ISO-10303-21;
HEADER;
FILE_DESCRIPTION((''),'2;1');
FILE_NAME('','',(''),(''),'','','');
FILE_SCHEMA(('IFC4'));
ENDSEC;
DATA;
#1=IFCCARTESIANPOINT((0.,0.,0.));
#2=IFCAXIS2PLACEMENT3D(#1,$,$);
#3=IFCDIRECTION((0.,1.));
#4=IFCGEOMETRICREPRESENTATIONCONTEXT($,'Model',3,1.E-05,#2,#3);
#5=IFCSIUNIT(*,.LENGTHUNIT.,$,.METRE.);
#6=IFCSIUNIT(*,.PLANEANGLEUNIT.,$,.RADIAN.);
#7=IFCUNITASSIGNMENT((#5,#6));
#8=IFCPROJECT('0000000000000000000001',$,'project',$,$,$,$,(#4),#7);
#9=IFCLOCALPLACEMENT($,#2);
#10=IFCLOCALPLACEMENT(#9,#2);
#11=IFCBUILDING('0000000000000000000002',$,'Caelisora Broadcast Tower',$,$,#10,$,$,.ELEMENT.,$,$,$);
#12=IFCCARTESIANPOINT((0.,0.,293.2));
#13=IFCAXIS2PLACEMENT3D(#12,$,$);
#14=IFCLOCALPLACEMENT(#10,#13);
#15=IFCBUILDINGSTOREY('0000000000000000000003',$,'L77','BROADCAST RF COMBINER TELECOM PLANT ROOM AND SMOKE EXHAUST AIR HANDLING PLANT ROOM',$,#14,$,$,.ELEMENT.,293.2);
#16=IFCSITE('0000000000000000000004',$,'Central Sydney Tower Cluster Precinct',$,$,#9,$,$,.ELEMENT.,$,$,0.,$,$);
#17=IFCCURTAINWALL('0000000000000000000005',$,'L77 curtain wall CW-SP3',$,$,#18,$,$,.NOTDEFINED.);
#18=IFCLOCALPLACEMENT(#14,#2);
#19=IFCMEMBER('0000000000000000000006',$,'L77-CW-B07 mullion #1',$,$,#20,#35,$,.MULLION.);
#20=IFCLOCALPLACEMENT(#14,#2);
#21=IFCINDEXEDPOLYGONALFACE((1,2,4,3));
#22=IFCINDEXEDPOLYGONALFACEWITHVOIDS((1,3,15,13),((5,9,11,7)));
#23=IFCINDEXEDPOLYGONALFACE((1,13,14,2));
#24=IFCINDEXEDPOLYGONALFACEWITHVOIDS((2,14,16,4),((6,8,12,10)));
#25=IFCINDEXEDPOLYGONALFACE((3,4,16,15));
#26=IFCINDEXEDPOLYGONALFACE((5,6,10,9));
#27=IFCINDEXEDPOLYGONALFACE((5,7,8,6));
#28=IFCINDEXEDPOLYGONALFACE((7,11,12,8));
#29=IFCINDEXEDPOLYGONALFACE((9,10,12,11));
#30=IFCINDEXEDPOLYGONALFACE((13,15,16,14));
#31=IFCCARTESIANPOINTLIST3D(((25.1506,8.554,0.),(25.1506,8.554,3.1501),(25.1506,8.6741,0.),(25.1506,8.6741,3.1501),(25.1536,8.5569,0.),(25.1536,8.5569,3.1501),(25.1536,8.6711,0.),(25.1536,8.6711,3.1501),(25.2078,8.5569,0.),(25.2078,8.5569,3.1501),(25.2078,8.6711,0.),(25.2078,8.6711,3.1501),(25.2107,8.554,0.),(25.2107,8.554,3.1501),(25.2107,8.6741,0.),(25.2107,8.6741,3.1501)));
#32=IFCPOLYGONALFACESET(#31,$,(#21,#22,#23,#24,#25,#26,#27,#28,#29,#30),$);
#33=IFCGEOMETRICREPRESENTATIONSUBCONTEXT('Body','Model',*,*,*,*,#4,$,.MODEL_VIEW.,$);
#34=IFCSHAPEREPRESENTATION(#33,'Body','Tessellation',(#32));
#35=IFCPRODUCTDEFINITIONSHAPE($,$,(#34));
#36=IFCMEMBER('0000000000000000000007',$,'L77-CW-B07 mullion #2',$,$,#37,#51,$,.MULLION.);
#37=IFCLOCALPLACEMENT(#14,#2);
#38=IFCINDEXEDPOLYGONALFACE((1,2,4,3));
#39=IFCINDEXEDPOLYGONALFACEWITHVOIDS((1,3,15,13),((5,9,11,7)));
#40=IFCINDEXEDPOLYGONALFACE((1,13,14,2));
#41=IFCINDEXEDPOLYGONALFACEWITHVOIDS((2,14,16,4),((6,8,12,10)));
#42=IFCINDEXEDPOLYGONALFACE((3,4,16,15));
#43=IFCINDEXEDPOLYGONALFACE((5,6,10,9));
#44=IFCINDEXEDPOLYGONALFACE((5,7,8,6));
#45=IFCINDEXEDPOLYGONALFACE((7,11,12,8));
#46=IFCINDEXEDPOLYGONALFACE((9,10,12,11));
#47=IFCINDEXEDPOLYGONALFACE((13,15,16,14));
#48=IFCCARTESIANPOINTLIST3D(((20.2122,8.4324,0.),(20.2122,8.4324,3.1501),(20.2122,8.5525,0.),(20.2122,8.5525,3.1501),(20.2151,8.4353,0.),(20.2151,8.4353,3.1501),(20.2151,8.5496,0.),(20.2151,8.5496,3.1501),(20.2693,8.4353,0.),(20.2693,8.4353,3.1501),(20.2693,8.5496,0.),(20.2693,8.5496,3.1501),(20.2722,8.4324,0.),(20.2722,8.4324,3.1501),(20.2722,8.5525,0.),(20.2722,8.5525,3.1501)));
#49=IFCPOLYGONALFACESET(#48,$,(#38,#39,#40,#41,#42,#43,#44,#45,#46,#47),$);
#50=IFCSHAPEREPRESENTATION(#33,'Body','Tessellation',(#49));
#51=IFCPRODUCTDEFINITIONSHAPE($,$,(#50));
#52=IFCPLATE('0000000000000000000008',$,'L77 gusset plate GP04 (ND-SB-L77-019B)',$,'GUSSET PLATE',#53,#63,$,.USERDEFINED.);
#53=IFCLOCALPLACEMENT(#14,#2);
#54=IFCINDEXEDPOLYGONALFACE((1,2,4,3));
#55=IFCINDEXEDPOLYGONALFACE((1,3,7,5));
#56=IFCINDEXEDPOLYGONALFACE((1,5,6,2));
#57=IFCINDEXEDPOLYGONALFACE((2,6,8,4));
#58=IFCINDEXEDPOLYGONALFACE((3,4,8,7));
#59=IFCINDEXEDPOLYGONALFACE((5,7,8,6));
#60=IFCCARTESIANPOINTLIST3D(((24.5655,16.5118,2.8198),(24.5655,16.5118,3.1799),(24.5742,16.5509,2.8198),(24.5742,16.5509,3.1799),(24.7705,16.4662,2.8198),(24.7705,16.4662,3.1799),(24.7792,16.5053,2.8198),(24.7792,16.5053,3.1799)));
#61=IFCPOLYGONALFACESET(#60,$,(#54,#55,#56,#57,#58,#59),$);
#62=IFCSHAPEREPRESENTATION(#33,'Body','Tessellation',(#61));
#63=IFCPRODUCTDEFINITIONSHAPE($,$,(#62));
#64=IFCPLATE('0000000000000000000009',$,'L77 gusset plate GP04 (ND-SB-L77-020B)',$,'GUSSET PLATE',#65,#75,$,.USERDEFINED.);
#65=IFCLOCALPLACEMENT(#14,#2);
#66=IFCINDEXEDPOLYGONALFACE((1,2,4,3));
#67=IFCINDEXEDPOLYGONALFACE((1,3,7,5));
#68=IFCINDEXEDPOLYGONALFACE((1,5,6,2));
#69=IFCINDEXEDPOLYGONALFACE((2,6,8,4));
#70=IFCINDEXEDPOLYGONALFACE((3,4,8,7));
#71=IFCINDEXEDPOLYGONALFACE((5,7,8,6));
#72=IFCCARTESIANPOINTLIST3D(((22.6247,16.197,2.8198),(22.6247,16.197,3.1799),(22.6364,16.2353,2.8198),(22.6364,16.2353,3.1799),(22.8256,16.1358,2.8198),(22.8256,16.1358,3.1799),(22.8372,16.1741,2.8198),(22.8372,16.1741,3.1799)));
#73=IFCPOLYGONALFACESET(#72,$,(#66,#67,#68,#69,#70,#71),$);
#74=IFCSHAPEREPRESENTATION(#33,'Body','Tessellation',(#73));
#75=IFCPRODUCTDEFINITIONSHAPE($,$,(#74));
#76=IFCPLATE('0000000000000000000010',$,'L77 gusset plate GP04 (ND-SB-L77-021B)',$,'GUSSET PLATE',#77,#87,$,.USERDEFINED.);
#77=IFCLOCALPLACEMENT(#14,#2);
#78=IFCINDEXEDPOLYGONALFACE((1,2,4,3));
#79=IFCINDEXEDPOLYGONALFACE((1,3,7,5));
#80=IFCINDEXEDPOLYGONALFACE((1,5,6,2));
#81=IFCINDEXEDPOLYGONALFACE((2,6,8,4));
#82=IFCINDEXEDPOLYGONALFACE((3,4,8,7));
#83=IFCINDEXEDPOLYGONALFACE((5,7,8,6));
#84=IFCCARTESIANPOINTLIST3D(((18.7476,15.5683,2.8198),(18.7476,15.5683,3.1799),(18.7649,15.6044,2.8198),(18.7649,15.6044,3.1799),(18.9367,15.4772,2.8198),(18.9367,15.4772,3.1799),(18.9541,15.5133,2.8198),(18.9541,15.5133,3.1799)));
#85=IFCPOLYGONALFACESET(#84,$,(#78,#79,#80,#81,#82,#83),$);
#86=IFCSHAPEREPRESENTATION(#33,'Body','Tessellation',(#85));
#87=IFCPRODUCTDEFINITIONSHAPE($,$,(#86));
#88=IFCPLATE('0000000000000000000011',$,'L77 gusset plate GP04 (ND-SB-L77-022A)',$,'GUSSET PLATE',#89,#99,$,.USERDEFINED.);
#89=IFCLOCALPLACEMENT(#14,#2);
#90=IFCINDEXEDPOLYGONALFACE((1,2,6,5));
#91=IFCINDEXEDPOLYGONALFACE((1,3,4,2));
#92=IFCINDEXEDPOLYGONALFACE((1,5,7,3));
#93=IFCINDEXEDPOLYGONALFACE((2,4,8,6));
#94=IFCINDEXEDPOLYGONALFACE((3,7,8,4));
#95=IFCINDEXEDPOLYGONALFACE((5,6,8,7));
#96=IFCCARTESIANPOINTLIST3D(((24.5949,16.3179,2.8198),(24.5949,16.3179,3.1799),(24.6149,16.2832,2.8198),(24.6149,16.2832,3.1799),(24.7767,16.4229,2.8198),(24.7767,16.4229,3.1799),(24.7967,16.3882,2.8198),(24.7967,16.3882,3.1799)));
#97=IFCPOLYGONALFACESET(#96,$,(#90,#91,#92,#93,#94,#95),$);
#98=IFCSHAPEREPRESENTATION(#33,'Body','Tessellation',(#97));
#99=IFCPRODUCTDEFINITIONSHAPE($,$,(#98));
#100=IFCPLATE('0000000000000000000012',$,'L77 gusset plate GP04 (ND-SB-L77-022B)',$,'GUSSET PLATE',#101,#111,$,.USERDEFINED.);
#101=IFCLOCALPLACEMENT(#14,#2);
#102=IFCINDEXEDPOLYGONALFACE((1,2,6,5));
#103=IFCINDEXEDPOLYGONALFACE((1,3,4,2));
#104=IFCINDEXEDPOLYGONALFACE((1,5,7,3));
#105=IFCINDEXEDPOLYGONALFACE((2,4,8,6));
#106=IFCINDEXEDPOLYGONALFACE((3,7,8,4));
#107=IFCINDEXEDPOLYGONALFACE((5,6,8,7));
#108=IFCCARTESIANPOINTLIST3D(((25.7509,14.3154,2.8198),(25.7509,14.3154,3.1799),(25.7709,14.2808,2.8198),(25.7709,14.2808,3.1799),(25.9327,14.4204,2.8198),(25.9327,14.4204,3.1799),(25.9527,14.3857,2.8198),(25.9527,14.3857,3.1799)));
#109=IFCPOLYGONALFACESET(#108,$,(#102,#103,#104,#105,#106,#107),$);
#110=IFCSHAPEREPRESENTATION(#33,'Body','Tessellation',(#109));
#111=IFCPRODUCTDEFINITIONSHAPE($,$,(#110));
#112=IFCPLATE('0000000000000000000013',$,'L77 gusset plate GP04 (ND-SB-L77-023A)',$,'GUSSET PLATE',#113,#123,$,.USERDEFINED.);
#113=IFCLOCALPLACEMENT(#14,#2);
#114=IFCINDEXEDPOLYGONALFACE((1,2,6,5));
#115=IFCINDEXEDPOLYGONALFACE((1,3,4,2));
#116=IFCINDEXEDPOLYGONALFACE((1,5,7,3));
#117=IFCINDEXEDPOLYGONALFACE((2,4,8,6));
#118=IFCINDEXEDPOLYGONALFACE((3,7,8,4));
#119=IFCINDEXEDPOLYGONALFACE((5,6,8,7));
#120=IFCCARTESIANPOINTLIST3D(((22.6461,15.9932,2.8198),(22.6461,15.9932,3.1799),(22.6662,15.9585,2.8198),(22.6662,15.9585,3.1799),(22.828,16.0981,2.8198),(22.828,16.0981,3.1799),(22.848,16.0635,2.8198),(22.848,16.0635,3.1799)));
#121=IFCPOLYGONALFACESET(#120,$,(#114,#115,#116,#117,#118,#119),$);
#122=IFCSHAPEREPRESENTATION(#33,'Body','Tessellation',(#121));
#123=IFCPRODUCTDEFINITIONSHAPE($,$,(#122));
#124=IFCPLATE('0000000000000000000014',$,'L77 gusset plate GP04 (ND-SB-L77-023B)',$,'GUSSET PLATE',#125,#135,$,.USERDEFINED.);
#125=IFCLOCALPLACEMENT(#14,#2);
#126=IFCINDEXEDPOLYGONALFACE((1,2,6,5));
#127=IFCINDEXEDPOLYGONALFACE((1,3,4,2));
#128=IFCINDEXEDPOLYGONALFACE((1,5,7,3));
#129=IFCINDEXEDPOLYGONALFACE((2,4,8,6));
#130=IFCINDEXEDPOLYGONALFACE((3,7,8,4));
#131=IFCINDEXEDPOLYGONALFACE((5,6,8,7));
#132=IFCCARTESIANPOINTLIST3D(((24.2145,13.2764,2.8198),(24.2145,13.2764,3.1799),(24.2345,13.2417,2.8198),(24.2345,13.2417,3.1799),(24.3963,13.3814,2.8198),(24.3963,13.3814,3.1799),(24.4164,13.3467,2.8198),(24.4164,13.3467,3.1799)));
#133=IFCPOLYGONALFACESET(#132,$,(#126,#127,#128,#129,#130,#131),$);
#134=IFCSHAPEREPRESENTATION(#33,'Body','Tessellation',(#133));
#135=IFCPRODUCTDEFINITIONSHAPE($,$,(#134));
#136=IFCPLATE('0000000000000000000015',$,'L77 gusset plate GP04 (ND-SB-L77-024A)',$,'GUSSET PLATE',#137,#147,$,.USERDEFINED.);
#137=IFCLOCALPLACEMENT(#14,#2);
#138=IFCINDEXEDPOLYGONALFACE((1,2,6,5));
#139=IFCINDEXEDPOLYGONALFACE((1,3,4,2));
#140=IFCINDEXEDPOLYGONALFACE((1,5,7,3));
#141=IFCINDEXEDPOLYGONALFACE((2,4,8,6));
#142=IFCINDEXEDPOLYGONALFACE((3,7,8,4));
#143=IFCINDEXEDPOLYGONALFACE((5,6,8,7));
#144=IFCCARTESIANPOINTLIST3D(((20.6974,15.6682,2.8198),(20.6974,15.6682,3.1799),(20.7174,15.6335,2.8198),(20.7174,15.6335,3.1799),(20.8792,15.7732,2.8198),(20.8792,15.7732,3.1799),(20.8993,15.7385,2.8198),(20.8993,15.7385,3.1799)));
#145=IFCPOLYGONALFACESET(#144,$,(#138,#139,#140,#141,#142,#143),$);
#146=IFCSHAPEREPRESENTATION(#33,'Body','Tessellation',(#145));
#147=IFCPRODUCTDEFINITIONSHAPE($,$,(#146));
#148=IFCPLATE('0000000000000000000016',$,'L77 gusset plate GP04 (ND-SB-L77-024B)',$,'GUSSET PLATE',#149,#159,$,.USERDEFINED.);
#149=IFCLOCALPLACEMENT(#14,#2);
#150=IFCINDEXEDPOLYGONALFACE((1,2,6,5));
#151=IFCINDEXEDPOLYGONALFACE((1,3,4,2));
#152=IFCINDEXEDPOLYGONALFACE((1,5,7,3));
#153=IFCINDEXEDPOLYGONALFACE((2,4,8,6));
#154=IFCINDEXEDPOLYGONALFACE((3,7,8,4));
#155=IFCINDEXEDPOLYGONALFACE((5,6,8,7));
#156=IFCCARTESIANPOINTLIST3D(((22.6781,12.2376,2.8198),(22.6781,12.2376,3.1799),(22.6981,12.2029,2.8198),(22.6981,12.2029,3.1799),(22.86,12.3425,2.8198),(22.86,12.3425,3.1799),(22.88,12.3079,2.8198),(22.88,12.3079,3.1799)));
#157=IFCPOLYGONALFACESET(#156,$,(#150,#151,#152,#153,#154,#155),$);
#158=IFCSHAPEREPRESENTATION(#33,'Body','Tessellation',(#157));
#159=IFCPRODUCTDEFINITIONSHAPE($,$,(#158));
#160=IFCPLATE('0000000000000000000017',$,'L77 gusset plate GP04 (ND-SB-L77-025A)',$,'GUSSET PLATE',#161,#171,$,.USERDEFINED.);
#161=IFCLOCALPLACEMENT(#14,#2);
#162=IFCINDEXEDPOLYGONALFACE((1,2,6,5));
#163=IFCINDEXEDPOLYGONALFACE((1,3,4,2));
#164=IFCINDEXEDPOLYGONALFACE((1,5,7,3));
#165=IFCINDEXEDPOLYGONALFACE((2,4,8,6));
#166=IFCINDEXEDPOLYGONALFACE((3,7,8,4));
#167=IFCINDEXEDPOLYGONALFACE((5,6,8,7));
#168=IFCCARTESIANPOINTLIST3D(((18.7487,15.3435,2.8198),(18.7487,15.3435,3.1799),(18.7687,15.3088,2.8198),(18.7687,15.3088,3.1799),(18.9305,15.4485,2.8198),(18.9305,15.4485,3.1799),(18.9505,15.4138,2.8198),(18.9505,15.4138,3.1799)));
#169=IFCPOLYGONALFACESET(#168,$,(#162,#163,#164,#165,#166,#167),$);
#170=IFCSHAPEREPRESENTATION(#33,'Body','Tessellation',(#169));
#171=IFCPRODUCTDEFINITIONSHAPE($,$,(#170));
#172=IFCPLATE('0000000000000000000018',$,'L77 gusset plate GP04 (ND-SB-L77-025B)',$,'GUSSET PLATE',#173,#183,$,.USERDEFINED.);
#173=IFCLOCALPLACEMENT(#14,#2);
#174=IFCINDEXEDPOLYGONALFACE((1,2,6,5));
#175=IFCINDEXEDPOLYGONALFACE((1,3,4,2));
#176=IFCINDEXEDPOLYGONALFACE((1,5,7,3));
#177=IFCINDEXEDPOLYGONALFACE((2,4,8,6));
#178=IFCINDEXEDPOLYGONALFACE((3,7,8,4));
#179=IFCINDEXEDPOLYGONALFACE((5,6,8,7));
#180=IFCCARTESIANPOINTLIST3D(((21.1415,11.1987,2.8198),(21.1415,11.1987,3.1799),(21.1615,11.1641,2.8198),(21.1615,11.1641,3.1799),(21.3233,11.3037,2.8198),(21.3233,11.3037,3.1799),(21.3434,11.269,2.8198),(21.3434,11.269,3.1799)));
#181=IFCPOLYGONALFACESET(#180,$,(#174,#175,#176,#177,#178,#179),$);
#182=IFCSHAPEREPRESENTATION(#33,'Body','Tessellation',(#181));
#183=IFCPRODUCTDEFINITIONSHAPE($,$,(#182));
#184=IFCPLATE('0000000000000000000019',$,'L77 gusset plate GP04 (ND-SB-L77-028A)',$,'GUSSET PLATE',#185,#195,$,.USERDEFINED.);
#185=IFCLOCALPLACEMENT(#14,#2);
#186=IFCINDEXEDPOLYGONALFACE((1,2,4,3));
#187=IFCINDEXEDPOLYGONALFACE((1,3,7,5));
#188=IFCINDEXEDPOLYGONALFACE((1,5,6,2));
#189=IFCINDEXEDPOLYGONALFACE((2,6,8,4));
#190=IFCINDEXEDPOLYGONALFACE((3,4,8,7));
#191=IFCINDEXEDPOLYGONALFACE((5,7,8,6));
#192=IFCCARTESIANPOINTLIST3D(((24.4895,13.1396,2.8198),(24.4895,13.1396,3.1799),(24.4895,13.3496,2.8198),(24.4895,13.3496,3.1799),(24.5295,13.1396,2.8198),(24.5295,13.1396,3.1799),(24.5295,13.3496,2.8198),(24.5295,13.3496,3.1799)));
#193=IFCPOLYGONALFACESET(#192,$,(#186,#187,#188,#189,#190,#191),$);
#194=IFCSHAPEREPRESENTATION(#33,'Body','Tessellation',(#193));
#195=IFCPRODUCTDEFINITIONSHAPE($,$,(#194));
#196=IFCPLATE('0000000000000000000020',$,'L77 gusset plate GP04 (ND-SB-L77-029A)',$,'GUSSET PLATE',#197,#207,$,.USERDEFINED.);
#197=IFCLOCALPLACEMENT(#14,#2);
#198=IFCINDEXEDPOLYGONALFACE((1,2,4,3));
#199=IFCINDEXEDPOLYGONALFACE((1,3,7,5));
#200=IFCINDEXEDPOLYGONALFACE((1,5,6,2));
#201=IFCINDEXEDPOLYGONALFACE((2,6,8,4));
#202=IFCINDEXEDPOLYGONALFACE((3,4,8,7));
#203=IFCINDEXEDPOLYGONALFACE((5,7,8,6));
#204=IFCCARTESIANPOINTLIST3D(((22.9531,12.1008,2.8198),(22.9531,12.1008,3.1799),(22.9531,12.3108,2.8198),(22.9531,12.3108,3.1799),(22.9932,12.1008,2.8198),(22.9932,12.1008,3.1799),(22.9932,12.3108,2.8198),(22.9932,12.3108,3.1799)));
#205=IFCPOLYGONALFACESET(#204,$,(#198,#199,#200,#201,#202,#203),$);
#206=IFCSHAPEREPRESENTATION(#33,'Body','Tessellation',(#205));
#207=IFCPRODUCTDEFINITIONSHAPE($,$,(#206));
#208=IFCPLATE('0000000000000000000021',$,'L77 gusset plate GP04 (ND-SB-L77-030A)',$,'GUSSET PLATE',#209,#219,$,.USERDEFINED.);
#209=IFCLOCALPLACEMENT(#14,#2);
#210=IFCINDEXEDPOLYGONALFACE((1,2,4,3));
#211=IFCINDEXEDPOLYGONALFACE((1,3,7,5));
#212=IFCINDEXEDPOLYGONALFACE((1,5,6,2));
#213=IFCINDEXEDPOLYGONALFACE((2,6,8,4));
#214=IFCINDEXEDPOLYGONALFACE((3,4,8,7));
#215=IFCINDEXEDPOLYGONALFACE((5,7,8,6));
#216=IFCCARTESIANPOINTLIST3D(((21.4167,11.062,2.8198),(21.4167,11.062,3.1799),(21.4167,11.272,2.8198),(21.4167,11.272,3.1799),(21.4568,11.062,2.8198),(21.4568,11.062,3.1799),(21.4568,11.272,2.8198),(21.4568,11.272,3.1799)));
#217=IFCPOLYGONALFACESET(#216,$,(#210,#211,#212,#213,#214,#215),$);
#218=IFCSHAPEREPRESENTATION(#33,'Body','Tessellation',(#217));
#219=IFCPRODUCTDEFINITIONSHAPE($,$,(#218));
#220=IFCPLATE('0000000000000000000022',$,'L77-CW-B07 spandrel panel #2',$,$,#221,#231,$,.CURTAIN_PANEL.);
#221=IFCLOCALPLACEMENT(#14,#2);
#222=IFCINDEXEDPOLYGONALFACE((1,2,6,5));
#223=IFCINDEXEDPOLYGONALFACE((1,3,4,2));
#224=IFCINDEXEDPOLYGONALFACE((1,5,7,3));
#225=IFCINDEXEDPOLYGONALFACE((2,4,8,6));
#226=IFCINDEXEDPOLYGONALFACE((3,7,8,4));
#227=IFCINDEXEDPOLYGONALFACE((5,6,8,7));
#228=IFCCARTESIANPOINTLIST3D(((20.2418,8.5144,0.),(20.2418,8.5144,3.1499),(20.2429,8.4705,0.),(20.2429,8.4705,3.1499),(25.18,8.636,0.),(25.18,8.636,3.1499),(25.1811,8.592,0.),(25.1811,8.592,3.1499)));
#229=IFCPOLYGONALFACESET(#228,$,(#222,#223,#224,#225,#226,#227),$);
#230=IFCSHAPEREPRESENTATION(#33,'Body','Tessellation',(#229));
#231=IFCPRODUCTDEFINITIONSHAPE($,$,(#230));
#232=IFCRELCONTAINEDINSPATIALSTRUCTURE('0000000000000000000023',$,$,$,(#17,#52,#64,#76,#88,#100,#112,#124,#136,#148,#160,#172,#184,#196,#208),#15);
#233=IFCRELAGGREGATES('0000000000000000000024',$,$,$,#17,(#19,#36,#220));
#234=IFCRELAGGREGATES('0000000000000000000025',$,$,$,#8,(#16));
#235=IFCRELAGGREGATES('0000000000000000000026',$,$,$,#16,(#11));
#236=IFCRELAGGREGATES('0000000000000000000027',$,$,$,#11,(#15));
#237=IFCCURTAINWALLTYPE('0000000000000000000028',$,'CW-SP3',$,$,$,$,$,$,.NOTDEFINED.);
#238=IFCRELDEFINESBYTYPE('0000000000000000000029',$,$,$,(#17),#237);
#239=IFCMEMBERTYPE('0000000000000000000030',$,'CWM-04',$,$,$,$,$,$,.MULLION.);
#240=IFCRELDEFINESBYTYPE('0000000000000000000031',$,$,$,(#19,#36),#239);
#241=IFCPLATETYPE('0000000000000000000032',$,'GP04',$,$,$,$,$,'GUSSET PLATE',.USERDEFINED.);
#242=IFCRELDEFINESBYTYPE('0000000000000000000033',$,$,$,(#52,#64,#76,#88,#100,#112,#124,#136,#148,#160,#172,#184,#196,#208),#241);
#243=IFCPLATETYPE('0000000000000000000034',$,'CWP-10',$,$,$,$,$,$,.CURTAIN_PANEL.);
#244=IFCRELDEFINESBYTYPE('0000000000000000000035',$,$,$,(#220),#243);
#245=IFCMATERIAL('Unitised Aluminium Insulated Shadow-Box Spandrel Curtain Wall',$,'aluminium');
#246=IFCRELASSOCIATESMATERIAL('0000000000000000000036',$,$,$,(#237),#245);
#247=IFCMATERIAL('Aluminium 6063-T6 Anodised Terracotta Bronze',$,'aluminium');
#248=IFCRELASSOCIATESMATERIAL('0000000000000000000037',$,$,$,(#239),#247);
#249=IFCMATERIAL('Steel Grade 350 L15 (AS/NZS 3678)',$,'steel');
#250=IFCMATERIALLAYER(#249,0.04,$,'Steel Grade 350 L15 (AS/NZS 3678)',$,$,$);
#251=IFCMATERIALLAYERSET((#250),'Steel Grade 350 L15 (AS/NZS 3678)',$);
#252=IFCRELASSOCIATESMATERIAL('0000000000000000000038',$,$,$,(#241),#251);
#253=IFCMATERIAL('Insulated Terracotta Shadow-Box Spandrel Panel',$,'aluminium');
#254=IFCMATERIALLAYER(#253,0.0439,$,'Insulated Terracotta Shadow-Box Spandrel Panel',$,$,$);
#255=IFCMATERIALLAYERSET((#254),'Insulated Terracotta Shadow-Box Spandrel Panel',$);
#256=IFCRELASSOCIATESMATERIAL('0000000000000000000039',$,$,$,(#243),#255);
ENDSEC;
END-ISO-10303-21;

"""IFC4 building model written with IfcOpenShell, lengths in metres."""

from ifc_helpers import new_model, si_unit, direction, frame, origin, origin_2d, place, context, subcontext, project, spatial, rectangle, hollow_rectangle, extrude, source, transform, mapped, material, layer, layer_set, material_profile, profile_set, type_object, type_shapes, element, aggregate, save


model = new_model("IFC4")

# Units and contexts
model_context = context("Model", 3, precision=1e-05, world=origin(), true_north=direction((0.0, 1.0)))
body_context = subcontext(model_context, "Body", "Model", "MODEL_VIEW")
ifc_project = project(units=[si_unit("LENGTHUNIT", "METRE"), si_unit("PLANEANGLEUNIT", "RADIAN")], contexts=[model_context])

# Site, building, storey
site_placement = place(None, origin())
site = spatial("IfcSite", under=ifc_project, at=site_placement, Name="Central Sydney Tower Cluster Precinct", CompositionType="ELEMENT", RefElevation=0.0)
building_placement = place(site_placement, origin())
building = spatial("IfcBuilding", under=site, at=building_placement, Name="Caelisora Broadcast Tower", CompositionType="ELEMENT")
storey_placement = place(building_placement, frame((0.0, 0.0, 293.2)))
storey = spatial("IfcBuildingStorey", under=building, at=storey_placement, Name="L77", Description="BROADCAST RF COMBINER TELECOM PLANT ROOM AND SMOKE EXHAUST AIR HANDLING PLANT ROOM", CompositionType="ELEMENT", Elevation=293.2)

# Curtain wall, members
ifc_material_1 = material(Name="Unitised Aluminium Insulated Shadow-Box Spandrel Curtain Wall", Category="aluminium")
curtain_wall_type = type_object("IfcCurtainWallType", Name="CW-SP3", PredefinedType="NOTDEFINED", material=ifc_material_1)
curtain_wall_placement = place(storey_placement, origin())
curtain_wall = element("IfcCurtainWall", 1, at=curtain_wall_placement, inside=storey, type_object=curtain_wall_type, Name="L77 curtain wall CW-SP3", PredefinedType="NOTDEFINED")
ifc_material_2 = material(Name="Aluminium 6063-T6 Anodised Terracotta Bronze", Category="aluminium")
ifc_material_profile_1 = material_profile(ifc_material_2, hollow_rectangle(XDim=0.0601, YDim=0.1201, WallThickness=0.0029, at=origin_2d()), Name="Aluminium 6063-T6 Anodised Terracotta Bronze")
ifc_profile_set_1 = profile_set([ifc_material_profile_1], Name="Aluminium 6063-T6 Anodised Terracotta Bronze")
member_type = type_object("IfcMemberType", Name="CWM-04", PredefinedType="MULLION", material=ifc_profile_set_1)
shared_shape_1 = source(origin(), body_context, "Body", "SweptSolid", [
    extrude(hollow_rectangle(XDim=0.0601, YDim=0.1201, WallThickness=0.0029, at=origin_2d()), origin(), (0.0, 0.0, 1.0), 3.1501),
])
type_shapes(member_type, [shared_shape_1])
member_1_placement = place(storey_placement, frame((25.1807, 8.614, 0.0), z_axis=(0.0, 0.0, 1.0), x_axis=(1.0, 0.0, 0.0)))
member_1 = element("IfcMember", 2, at=member_1_placement, type_object=member_type, Name="L77-CW-B07 mullion #1", PredefinedType="MULLION", context=body_context, shape_type="MappedRepresentation", body=[
    mapped(shared_shape_1, transform((0.0, 0.0, 0.0), scale=1.0)),
])
member_2_placement = place(storey_placement, frame((20.2422, 8.4924, 0.0), z_axis=(0.0, 0.0, 1.0), x_axis=(1.0, 0.0, 0.0)))
member_2 = element("IfcMember", 3, at=member_2_placement, type_object=member_type, Name="L77-CW-B07 mullion #2", PredefinedType="MULLION", context=body_context, shape_type="MappedRepresentation", body=[
    mapped(shared_shape_1, transform((0.0, 0.0, 0.0), scale=1.0)),
])

# Plates
ifc_material_3 = material(Name="Steel Grade 350 L15 (AS/NZS 3678)", Category="steel")
ifc_layer_1 = layer(ifc_material_3, 0.04, Name="Steel Grade 350 L15 (AS/NZS 3678)")
ifc_layer_set_1 = layer_set([ifc_layer_1], Name="Steel Grade 350 L15 (AS/NZS 3678)")
plate_type_1 = type_object("IfcPlateType", Name="GP04", ElementType="GUSSET PLATE", PredefinedType="USERDEFINED", material=ifc_layer_set_1)
shared_shape_2 = source(origin(), body_context, "Body", "SweptSolid", [
    extrude(rectangle(XDim=0.21, YDim=0.04, at=origin_2d()), origin(), (0.0, 0.0, 1.0), 0.3601),
])
type_shapes(plate_type_1, [shared_shape_2])
for number, where, z_axis, x_axis, name in (
    (4, (24.6724, 16.5085, 2.8198), (0.0, 0.0, 1.0), (0.976107, -0.217292, 0.0), "L77 gusset plate GP04 (ND-SB-L77-019B)"),
    (5, (22.731, 16.1855, 2.8198), (0.0, 0.0, 1.0), (0.956661, -0.291203, 0.0), "L77 gusset plate GP04 (ND-SB-L77-020B)"),
    (6, (18.8508, 15.5408, 2.8198), (0.0, 0.0, 1.0), (0.901001, -0.433816, 0.0), "L77 gusset plate GP04 (ND-SB-L77-021B)"),
    (7, (24.6958, 16.353, 2.8198), (0.0, 0.0, 1.0), (0.866025, 0.5, 0.0), "L77 gusset plate GP04 (ND-SB-L77-022A)"),
    (8, (25.8518, 14.3506, 2.8198), (0.0, 0.0, 1.0), (0.866025, 0.5, 0.0), "L77 gusset plate GP04 (ND-SB-L77-022B)"),
    (9, (22.7471, 16.0283, 2.8198), (0.0, 0.0, 1.0), (0.866025, 0.5, 0.0), "L77 gusset plate GP04 (ND-SB-L77-023A)"),
    (10, (24.3154, 13.3115, 2.8198), (0.0, 0.0, 1.0), (0.866025, 0.5, 0.0), "L77 gusset plate GP04 (ND-SB-L77-023B)"),
    (11, (20.7983, 15.7034, 2.8198), (0.0, 0.0, 1.0), (0.866025, 0.5, 0.0), "L77 gusset plate GP04 (ND-SB-L77-024A)"),
    (12, (22.7791, 12.2727, 2.8198), (0.0, 0.0, 1.0), (0.866025, 0.5, 0.0), "L77 gusset plate GP04 (ND-SB-L77-024B)"),
    (13, (18.8496, 15.3787, 2.8198), (0.0, 0.0, 1.0), (0.866025, 0.5, 0.0), "L77 gusset plate GP04 (ND-SB-L77-025A)"),
    (14, (21.2424, 11.2339, 2.8198), (0.0, 0.0, 1.0), (0.866025, 0.5, 0.0), "L77 gusset plate GP04 (ND-SB-L77-025B)"),
    (15, (24.5095, 13.2446, 2.8198), (0.0, 0.0, 1.0), (0.0, 1.0, 0.0), "L77 gusset plate GP04 (ND-SB-L77-028A)"),
    (16, (22.9731, 12.2058, 2.8198), (0.0, 0.0, 1.0), (0.0, 1.0, 0.0), "L77 gusset plate GP04 (ND-SB-L77-029A)"),
    (17, (21.4368, 11.167, 2.8198), (0.0, 0.0, 1.0), (0.0, 1.0, 0.0), "L77 gusset plate GP04 (ND-SB-L77-030A)"),
):
    element("IfcPlate", number, at=place(storey_placement, frame(where, z_axis=z_axis, x_axis=x_axis)), inside=storey, type_object=plate_type_1, Name=name, ObjectType="GUSSET PLATE", PredefinedType="USERDEFINED", context=body_context, shape_type="MappedRepresentation", body=[
        mapped(shared_shape_2, transform((0.0, 0.0, 0.0), scale=1.0)),
    ])

# Plate
ifc_material_4 = material(Name="Insulated Terracotta Shadow-Box Spandrel Panel", Category="aluminium")
ifc_layer_2 = layer(ifc_material_4, 0.0439, Name="Insulated Terracotta Shadow-Box Spandrel Panel")
ifc_layer_set_2 = layer_set([ifc_layer_2], Name="Insulated Terracotta Shadow-Box Spandrel Panel")
plate_type_2 = type_object("IfcPlateType", Name="CWP-10", PredefinedType="CURTAIN_PANEL", material=ifc_layer_set_2)
shared_shape_3 = source(origin(), body_context, "Body", "SweptSolid", [
    extrude(rectangle(XDim=4.9397, YDim=0.0439, at=origin_2d()), origin(), (0.0, 0.0, 1.0), 3.1499),
])
type_shapes(plate_type_2, [shared_shape_3])
plate_placement = place(storey_placement, frame((22.7114, 8.5532, 0.0), z_axis=(0.0, 0.0, 1.0), x_axis=(-0.999697, -0.024607, 0.0)))
plate = element("IfcPlate", 18, at=plate_placement, type_object=plate_type_2, Name="L77-CW-B07 spandrel panel #2", PredefinedType="CURTAIN_PANEL", context=body_context, shape_type="MappedRepresentation", body=[
    mapped(shared_shape_3, transform((0.0, 0.0, 0.0), scale=1.0)),
])
aggregate(curtain_wall, [member_1, member_2, plate])

save(model, "model.ifc")
